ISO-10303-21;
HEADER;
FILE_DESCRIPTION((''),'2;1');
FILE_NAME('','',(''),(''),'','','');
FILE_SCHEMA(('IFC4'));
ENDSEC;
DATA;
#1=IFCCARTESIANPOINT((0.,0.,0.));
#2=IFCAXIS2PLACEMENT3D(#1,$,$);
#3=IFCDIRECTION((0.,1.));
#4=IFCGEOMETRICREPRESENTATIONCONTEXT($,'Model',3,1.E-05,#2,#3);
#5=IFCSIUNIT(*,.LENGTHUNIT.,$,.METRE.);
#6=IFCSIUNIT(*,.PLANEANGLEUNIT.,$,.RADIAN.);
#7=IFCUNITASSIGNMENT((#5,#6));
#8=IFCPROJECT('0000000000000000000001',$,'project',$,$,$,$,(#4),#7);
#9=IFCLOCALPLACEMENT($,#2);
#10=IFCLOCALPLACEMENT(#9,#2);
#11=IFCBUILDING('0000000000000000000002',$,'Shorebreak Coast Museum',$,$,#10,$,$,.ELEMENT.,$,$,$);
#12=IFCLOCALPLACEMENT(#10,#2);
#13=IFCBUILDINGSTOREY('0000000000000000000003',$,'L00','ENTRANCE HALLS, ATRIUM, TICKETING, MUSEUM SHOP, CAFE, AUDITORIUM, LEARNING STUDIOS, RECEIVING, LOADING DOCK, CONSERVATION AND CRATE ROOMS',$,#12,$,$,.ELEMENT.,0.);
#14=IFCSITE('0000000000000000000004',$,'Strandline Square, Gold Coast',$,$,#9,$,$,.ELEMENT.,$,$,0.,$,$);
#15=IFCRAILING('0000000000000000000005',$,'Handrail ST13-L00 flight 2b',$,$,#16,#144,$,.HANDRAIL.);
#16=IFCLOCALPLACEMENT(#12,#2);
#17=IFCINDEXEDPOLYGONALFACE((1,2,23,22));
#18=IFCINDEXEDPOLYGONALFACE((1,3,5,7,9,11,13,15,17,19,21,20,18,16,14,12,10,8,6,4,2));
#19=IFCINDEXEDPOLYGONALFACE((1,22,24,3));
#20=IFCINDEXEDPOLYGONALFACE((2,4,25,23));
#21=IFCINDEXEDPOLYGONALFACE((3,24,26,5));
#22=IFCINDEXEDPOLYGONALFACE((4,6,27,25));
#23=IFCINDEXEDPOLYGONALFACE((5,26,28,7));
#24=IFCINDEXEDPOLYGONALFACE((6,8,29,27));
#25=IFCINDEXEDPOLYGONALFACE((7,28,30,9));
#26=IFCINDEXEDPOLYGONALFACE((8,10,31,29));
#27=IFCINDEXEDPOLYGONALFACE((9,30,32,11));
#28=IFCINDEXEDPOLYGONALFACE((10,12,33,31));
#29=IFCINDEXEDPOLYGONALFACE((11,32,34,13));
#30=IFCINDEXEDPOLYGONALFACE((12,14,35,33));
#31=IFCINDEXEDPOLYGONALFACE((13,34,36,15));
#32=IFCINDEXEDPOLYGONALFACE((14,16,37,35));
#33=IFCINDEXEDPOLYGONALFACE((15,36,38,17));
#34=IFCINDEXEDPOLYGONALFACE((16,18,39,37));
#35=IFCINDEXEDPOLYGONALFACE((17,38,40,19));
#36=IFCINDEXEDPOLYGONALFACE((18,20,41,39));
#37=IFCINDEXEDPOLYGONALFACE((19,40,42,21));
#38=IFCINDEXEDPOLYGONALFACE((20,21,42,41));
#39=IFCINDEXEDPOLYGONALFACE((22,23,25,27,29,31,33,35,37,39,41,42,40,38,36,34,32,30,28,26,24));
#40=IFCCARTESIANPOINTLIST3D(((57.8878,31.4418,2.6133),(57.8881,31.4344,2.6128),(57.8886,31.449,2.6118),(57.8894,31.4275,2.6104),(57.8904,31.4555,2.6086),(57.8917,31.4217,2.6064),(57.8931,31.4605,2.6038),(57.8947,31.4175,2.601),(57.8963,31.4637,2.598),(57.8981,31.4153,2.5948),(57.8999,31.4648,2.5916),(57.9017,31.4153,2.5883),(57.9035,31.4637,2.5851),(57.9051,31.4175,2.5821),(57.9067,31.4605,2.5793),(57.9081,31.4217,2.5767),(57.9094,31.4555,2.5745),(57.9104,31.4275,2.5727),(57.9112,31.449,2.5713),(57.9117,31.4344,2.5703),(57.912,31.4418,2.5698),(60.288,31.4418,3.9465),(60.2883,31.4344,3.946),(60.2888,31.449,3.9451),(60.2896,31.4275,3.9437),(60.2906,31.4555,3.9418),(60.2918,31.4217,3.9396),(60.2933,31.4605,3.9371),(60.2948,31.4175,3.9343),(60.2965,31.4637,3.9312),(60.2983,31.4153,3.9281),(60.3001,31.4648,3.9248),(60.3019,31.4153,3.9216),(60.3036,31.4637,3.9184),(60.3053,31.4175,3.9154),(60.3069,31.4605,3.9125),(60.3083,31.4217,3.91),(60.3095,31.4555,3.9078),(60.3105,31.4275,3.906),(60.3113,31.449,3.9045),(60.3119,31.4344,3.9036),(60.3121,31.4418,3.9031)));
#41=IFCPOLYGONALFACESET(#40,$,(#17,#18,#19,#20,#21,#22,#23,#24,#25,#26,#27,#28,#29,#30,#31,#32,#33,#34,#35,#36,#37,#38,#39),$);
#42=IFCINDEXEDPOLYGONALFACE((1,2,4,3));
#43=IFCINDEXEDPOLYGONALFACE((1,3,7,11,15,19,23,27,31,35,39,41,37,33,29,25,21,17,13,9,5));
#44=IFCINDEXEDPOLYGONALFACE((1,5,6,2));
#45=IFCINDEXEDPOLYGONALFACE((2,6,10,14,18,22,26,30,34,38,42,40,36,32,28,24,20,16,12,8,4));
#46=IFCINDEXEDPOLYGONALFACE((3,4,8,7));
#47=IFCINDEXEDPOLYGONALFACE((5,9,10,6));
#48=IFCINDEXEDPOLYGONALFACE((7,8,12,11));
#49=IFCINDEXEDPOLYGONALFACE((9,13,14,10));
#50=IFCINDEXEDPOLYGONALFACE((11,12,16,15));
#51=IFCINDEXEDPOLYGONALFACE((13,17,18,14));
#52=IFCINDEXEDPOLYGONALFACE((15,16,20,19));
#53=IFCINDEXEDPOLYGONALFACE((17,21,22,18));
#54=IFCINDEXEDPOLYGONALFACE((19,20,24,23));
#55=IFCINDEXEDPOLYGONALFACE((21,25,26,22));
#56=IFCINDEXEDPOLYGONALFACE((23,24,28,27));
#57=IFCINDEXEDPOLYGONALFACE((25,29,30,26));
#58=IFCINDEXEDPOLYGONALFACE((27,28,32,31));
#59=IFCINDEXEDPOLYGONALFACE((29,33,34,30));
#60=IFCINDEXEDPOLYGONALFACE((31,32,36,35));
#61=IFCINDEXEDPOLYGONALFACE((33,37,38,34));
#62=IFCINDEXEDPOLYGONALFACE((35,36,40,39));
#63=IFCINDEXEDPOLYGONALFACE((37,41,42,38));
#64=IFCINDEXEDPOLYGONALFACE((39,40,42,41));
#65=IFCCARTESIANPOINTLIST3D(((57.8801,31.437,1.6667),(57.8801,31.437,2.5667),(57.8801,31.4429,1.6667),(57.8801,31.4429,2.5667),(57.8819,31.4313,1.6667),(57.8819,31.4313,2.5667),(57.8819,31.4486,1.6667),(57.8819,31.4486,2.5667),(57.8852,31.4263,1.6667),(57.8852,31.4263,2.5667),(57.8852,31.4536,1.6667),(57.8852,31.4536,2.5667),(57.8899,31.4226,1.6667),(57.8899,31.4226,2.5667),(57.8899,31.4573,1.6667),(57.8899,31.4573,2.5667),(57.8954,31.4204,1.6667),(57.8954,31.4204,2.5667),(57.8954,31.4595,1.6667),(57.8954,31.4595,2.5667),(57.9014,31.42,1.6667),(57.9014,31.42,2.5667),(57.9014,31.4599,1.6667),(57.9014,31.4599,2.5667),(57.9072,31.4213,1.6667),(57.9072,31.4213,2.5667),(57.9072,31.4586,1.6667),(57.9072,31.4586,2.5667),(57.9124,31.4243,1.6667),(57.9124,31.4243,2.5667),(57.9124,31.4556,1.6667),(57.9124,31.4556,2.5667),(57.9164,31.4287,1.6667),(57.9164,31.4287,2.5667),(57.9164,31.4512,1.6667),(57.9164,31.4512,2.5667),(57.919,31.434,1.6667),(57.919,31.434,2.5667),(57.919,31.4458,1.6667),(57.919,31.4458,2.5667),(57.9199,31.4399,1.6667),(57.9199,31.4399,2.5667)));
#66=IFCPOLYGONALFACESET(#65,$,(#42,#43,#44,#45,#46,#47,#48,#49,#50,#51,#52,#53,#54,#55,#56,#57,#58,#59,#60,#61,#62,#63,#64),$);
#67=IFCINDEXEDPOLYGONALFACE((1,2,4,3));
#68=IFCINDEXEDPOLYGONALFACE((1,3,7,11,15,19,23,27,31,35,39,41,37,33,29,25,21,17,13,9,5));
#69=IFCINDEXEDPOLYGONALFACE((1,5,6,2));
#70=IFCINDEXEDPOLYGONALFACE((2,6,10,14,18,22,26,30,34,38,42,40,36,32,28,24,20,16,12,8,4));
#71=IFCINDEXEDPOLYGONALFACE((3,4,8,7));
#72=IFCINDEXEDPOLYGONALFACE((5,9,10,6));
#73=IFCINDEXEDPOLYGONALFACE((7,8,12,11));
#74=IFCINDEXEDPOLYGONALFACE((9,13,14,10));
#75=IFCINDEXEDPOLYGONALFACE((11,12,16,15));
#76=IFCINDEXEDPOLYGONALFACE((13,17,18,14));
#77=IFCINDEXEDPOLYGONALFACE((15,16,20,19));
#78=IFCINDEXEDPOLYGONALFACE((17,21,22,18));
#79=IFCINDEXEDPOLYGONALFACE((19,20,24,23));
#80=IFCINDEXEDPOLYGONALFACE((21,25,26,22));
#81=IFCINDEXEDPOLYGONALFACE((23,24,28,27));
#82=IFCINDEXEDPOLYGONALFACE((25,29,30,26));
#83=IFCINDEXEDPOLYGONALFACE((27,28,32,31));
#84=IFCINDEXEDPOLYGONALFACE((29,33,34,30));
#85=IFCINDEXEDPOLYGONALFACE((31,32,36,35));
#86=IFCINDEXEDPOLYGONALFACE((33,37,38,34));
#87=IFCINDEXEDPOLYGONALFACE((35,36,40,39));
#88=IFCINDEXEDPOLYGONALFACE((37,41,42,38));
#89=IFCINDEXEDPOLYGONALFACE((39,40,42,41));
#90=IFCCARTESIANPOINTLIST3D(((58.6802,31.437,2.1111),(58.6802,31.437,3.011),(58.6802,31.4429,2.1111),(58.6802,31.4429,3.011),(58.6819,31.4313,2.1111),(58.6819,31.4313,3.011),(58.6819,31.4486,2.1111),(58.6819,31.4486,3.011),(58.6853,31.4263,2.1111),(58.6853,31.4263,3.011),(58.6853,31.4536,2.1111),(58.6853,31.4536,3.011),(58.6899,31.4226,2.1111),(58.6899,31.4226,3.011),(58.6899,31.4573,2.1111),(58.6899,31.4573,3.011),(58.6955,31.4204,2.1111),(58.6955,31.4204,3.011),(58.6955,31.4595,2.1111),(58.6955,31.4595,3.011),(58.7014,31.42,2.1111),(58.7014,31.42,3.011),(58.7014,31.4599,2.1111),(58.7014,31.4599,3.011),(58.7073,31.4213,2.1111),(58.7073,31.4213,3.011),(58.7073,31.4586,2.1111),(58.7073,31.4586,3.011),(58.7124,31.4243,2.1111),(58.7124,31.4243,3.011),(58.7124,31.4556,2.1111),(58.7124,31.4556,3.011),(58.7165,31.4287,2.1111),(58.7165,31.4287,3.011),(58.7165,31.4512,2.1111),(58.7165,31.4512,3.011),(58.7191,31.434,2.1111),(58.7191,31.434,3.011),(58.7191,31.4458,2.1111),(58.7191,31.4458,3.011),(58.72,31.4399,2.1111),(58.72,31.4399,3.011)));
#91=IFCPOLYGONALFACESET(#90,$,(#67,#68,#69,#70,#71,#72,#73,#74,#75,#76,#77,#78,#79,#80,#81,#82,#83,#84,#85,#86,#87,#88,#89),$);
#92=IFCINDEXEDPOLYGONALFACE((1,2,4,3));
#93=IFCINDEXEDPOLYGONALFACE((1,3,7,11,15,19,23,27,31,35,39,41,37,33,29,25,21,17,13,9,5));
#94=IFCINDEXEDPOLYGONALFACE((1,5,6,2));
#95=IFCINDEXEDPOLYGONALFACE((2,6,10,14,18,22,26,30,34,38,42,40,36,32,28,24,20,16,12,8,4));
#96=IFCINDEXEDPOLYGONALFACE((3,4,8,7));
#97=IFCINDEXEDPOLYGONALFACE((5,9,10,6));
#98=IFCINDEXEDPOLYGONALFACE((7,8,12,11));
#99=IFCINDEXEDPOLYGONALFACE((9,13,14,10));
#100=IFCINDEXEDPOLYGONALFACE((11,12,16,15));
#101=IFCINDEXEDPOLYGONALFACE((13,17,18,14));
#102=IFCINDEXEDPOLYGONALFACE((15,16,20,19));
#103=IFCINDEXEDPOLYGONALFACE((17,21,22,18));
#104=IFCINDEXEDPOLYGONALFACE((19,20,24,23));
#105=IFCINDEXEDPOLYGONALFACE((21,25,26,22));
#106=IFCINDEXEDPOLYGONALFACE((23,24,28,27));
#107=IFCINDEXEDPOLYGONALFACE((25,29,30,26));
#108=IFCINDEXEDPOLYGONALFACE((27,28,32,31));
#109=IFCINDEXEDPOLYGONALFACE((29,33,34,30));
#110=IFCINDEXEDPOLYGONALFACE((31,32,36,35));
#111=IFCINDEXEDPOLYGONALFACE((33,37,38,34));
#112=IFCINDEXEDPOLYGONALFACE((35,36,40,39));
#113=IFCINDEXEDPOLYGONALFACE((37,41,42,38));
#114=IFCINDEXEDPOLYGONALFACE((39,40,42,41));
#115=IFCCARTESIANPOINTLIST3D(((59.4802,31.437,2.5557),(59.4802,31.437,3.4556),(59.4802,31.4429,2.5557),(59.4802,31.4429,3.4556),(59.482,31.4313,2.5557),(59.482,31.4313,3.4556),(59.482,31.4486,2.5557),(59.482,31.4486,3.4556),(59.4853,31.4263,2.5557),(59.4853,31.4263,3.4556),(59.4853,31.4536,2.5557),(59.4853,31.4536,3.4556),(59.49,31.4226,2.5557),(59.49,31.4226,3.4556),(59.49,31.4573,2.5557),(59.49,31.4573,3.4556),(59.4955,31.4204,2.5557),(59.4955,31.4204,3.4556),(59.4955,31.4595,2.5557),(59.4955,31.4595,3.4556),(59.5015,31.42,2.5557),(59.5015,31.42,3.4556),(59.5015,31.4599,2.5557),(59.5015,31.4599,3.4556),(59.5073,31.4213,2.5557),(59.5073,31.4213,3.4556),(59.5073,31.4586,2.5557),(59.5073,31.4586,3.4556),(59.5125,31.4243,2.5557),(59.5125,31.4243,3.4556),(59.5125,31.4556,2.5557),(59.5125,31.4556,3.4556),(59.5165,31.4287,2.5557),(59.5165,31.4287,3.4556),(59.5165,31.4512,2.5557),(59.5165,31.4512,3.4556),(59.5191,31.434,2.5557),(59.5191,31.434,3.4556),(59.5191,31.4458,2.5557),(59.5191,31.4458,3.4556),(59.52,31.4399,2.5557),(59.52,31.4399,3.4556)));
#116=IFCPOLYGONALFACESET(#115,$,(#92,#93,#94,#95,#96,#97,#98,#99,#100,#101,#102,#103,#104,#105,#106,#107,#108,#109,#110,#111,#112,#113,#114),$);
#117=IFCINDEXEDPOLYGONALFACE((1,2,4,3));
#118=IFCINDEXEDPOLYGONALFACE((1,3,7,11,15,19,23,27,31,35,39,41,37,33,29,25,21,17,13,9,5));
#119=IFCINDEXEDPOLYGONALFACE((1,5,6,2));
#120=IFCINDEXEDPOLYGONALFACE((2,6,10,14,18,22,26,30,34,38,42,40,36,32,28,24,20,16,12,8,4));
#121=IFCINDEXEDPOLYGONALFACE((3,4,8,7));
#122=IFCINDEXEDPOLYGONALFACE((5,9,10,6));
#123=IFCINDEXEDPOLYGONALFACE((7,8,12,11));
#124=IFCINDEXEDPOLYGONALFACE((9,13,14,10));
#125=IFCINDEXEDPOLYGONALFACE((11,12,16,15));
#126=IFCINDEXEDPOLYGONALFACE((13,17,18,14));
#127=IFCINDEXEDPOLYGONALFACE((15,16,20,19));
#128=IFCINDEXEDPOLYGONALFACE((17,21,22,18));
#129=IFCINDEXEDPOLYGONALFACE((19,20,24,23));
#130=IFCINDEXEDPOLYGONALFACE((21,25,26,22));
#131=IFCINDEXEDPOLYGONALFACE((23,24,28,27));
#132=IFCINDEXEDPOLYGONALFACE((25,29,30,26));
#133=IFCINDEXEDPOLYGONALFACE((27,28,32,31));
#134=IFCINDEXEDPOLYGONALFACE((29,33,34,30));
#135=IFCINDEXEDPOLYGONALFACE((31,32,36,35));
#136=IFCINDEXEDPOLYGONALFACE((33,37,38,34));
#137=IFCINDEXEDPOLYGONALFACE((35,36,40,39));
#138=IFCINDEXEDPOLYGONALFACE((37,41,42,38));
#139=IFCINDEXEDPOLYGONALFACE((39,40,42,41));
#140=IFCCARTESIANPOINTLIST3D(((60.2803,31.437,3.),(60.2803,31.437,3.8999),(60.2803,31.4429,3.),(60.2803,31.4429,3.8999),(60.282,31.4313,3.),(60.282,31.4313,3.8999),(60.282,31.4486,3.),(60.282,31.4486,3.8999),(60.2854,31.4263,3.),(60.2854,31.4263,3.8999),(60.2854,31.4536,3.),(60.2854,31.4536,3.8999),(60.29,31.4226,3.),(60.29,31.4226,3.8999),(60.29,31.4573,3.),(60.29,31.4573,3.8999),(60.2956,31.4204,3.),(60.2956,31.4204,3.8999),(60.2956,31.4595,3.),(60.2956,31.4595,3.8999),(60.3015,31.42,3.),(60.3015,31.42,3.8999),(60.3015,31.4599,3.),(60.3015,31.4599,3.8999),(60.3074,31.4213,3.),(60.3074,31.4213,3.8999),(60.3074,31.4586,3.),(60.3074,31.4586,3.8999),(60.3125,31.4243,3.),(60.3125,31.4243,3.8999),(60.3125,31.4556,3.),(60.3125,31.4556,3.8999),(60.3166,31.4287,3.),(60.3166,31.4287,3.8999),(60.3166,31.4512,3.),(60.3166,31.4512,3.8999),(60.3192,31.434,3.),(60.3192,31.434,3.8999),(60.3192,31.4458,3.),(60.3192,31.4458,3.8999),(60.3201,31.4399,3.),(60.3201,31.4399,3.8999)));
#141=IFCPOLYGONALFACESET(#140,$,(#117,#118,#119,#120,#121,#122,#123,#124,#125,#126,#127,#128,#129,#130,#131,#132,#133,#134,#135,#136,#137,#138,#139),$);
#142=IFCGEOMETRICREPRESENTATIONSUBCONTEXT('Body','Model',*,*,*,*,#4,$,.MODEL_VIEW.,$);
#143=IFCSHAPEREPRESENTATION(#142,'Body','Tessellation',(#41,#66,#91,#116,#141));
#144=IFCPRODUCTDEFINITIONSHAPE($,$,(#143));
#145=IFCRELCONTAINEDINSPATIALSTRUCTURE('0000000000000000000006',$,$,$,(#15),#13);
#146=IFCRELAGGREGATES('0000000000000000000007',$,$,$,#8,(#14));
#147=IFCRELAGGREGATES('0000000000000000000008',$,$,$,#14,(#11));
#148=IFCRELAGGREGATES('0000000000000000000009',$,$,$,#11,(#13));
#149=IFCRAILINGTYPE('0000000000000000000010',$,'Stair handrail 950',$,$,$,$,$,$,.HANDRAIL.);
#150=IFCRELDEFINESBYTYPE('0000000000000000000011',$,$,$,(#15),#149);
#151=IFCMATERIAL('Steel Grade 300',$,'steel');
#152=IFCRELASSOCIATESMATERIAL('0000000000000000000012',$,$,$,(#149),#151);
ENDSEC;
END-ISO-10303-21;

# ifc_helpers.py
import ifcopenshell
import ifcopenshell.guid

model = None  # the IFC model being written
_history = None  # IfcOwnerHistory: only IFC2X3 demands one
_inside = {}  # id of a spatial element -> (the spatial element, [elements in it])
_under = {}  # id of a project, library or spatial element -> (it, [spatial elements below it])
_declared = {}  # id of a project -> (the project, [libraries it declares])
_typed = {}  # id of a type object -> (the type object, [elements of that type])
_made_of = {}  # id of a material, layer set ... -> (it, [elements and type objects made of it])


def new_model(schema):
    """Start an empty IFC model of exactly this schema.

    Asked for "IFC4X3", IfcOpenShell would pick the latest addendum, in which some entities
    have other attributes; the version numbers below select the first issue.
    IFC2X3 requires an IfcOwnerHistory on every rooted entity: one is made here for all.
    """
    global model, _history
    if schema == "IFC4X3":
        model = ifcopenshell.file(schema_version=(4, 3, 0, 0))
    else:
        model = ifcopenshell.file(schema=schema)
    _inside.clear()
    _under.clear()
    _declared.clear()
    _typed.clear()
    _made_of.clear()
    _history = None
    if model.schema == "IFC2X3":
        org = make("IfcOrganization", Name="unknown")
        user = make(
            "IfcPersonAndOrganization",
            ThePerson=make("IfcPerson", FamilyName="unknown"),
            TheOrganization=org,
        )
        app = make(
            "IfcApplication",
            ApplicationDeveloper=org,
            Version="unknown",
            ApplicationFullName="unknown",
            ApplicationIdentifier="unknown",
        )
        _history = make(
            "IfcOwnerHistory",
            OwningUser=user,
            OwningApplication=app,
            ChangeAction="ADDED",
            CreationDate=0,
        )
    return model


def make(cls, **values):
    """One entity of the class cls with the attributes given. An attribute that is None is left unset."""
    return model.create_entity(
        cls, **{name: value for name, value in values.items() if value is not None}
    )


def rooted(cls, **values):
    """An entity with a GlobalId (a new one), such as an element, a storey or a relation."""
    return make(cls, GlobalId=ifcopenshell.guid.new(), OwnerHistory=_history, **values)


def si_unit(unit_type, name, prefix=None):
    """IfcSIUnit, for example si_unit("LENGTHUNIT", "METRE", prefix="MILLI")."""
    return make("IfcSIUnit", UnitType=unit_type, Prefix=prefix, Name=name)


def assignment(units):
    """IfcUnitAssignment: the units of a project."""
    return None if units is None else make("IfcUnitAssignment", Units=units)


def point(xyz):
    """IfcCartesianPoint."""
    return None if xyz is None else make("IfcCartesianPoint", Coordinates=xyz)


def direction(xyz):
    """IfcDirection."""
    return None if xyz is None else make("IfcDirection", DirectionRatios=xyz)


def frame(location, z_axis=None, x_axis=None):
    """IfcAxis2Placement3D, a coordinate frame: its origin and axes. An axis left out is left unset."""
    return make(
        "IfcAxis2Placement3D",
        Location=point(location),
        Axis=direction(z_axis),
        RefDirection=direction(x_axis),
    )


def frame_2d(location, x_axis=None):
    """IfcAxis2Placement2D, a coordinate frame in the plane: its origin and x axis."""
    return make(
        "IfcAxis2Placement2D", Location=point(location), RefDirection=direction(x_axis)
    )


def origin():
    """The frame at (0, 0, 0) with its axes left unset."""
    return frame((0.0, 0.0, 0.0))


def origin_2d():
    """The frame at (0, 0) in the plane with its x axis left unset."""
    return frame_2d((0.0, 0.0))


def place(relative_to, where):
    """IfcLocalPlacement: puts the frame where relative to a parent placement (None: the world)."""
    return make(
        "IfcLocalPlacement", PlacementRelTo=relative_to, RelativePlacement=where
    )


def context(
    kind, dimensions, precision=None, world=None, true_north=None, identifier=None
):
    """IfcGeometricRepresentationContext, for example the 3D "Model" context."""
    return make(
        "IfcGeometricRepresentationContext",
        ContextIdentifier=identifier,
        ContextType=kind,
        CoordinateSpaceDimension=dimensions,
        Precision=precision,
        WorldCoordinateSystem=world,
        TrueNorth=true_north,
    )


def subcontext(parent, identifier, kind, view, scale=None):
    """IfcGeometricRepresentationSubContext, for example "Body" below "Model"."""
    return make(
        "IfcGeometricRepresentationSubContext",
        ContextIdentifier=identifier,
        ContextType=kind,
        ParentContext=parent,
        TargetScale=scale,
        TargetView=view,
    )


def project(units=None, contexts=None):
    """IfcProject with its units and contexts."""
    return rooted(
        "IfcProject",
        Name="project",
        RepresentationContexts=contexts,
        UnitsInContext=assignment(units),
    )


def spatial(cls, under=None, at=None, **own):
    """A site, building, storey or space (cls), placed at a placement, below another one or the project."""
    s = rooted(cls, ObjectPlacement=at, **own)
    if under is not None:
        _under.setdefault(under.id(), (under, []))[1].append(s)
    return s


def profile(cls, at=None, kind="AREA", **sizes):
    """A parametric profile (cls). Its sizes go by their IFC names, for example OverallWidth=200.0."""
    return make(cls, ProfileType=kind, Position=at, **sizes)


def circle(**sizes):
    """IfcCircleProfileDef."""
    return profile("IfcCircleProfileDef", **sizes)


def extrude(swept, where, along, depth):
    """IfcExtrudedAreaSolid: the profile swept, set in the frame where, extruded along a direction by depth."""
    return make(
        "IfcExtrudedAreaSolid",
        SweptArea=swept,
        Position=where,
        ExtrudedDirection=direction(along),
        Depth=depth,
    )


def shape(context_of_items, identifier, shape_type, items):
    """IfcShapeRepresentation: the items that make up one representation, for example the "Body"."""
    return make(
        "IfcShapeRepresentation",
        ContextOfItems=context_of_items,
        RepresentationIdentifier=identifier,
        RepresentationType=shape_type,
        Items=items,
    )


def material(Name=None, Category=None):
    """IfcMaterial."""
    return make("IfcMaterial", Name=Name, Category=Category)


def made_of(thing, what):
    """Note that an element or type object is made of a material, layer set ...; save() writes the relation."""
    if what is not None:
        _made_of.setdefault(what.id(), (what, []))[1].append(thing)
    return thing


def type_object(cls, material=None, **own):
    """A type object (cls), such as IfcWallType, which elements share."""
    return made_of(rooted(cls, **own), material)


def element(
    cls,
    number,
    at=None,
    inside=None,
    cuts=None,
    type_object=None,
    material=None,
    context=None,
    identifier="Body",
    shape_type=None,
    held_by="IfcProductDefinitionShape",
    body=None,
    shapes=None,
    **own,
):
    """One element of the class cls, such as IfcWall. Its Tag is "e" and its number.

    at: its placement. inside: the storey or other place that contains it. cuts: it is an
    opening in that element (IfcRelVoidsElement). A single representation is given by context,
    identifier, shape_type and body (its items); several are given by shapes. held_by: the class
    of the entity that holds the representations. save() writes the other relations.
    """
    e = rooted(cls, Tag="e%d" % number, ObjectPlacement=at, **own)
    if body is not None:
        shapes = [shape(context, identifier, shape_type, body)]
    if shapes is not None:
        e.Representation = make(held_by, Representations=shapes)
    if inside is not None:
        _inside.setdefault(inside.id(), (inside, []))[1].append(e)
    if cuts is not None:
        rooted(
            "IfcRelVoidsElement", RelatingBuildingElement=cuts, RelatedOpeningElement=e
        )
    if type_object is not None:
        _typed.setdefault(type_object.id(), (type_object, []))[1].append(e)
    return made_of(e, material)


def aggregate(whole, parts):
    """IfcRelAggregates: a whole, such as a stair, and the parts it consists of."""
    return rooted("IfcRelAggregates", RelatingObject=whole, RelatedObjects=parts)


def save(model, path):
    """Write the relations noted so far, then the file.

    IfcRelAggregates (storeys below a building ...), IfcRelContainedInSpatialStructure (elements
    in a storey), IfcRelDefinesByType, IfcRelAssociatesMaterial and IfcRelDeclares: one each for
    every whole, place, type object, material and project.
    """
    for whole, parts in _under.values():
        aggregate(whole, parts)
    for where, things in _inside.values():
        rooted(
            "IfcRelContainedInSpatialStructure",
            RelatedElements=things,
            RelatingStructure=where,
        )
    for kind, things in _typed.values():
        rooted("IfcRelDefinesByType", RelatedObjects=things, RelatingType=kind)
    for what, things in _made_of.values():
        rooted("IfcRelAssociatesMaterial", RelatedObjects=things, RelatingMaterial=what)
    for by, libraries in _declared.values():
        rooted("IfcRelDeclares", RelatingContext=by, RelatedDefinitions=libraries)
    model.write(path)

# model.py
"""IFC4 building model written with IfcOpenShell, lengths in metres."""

from ifc_helpers import new_model, si_unit, direction, frame, origin, origin_2d, place, context, subcontext, project, spatial, circle, extrude, material, type_object, element, save


model = new_model("IFC4")

# Units and contexts
model_context = context("Model", 3, precision=1e-05, world=origin(), true_north=direction((0.0, 1.0)))
body_context = subcontext(model_context, "Body", "Model", "MODEL_VIEW")
ifc_project = project(units=[si_unit("LENGTHUNIT", "METRE"), si_unit("PLANEANGLEUNIT", "RADIAN")], contexts=[model_context])

# Site, building, storey
site_placement = place(None, origin())
site = spatial("IfcSite", under=ifc_project, at=site_placement, Name="Strandline Square, Gold Coast", CompositionType="ELEMENT", RefElevation=0.0)
building_placement = place(site_placement, origin())
building = spatial("IfcBuilding", under=site, at=building_placement, Name="Shorebreak Coast Museum", CompositionType="ELEMENT")
storey_placement = place(building_placement, origin())
storey = spatial("IfcBuildingStorey", under=building, at=storey_placement, Name="L00", Description="ENTRANCE HALLS, ATRIUM, TICKETING, MUSEUM SHOP, CAFE, AUDITORIUM, LEARNING STUDIOS, RECEIVING, LOADING DOCK, CONSERVATION AND CRATE ROOMS", CompositionType="ELEMENT", Elevation=0.0)

# Railing
ifc_material_1 = material(Name="Steel Grade 300", Category="steel")
railing_type_1 = type_object("IfcRailingType", Name="Stair handrail 950", PredefinedType="HANDRAIL", material=ifc_material_1)
for number, where, name in (
    (1, (57.8999, 31.4399, 1.6667), "Handrail ST13-L00 flight 2b"),
):
    element("IfcRailing", number, at=place(storey_placement, frame(where)), inside=storey, type_object=railing_type_1, Name=name, PredefinedType="HANDRAIL", context=body_context, shape_type="SweptSolid", body=[
        extrude(circle(Radius=0.0249, at=origin_2d()), frame((0.0, 0.0, 0.9248), z_axis=(0.874182, 0.0, 0.485598), x_axis=(0.0, 1.0, 0.0)), (0.0, 0.0, 1.0), 2.7456),
        extrude(circle(Radius=0.02, at=origin_2d()), origin(), (0.0, 0.0, 1.0), 0.8999),
        extrude(circle(Radius=0.02, at=origin_2d()), frame((0.8, 0.0, 0.4443)), (0.0, 0.0, 1.0), 0.8999),
        extrude(circle(Radius=0.02, at=origin_2d()), frame((1.6001, 0.0, 0.8889)), (0.0, 0.0, 1.0), 0.8999),
        extrude(circle(Radius=0.02, at=origin_2d()), frame((2.4001, 0.0, 1.3333)), (0.0, 0.0, 1.0), 0.8999),
    ])

save(model, "model.ifc")
